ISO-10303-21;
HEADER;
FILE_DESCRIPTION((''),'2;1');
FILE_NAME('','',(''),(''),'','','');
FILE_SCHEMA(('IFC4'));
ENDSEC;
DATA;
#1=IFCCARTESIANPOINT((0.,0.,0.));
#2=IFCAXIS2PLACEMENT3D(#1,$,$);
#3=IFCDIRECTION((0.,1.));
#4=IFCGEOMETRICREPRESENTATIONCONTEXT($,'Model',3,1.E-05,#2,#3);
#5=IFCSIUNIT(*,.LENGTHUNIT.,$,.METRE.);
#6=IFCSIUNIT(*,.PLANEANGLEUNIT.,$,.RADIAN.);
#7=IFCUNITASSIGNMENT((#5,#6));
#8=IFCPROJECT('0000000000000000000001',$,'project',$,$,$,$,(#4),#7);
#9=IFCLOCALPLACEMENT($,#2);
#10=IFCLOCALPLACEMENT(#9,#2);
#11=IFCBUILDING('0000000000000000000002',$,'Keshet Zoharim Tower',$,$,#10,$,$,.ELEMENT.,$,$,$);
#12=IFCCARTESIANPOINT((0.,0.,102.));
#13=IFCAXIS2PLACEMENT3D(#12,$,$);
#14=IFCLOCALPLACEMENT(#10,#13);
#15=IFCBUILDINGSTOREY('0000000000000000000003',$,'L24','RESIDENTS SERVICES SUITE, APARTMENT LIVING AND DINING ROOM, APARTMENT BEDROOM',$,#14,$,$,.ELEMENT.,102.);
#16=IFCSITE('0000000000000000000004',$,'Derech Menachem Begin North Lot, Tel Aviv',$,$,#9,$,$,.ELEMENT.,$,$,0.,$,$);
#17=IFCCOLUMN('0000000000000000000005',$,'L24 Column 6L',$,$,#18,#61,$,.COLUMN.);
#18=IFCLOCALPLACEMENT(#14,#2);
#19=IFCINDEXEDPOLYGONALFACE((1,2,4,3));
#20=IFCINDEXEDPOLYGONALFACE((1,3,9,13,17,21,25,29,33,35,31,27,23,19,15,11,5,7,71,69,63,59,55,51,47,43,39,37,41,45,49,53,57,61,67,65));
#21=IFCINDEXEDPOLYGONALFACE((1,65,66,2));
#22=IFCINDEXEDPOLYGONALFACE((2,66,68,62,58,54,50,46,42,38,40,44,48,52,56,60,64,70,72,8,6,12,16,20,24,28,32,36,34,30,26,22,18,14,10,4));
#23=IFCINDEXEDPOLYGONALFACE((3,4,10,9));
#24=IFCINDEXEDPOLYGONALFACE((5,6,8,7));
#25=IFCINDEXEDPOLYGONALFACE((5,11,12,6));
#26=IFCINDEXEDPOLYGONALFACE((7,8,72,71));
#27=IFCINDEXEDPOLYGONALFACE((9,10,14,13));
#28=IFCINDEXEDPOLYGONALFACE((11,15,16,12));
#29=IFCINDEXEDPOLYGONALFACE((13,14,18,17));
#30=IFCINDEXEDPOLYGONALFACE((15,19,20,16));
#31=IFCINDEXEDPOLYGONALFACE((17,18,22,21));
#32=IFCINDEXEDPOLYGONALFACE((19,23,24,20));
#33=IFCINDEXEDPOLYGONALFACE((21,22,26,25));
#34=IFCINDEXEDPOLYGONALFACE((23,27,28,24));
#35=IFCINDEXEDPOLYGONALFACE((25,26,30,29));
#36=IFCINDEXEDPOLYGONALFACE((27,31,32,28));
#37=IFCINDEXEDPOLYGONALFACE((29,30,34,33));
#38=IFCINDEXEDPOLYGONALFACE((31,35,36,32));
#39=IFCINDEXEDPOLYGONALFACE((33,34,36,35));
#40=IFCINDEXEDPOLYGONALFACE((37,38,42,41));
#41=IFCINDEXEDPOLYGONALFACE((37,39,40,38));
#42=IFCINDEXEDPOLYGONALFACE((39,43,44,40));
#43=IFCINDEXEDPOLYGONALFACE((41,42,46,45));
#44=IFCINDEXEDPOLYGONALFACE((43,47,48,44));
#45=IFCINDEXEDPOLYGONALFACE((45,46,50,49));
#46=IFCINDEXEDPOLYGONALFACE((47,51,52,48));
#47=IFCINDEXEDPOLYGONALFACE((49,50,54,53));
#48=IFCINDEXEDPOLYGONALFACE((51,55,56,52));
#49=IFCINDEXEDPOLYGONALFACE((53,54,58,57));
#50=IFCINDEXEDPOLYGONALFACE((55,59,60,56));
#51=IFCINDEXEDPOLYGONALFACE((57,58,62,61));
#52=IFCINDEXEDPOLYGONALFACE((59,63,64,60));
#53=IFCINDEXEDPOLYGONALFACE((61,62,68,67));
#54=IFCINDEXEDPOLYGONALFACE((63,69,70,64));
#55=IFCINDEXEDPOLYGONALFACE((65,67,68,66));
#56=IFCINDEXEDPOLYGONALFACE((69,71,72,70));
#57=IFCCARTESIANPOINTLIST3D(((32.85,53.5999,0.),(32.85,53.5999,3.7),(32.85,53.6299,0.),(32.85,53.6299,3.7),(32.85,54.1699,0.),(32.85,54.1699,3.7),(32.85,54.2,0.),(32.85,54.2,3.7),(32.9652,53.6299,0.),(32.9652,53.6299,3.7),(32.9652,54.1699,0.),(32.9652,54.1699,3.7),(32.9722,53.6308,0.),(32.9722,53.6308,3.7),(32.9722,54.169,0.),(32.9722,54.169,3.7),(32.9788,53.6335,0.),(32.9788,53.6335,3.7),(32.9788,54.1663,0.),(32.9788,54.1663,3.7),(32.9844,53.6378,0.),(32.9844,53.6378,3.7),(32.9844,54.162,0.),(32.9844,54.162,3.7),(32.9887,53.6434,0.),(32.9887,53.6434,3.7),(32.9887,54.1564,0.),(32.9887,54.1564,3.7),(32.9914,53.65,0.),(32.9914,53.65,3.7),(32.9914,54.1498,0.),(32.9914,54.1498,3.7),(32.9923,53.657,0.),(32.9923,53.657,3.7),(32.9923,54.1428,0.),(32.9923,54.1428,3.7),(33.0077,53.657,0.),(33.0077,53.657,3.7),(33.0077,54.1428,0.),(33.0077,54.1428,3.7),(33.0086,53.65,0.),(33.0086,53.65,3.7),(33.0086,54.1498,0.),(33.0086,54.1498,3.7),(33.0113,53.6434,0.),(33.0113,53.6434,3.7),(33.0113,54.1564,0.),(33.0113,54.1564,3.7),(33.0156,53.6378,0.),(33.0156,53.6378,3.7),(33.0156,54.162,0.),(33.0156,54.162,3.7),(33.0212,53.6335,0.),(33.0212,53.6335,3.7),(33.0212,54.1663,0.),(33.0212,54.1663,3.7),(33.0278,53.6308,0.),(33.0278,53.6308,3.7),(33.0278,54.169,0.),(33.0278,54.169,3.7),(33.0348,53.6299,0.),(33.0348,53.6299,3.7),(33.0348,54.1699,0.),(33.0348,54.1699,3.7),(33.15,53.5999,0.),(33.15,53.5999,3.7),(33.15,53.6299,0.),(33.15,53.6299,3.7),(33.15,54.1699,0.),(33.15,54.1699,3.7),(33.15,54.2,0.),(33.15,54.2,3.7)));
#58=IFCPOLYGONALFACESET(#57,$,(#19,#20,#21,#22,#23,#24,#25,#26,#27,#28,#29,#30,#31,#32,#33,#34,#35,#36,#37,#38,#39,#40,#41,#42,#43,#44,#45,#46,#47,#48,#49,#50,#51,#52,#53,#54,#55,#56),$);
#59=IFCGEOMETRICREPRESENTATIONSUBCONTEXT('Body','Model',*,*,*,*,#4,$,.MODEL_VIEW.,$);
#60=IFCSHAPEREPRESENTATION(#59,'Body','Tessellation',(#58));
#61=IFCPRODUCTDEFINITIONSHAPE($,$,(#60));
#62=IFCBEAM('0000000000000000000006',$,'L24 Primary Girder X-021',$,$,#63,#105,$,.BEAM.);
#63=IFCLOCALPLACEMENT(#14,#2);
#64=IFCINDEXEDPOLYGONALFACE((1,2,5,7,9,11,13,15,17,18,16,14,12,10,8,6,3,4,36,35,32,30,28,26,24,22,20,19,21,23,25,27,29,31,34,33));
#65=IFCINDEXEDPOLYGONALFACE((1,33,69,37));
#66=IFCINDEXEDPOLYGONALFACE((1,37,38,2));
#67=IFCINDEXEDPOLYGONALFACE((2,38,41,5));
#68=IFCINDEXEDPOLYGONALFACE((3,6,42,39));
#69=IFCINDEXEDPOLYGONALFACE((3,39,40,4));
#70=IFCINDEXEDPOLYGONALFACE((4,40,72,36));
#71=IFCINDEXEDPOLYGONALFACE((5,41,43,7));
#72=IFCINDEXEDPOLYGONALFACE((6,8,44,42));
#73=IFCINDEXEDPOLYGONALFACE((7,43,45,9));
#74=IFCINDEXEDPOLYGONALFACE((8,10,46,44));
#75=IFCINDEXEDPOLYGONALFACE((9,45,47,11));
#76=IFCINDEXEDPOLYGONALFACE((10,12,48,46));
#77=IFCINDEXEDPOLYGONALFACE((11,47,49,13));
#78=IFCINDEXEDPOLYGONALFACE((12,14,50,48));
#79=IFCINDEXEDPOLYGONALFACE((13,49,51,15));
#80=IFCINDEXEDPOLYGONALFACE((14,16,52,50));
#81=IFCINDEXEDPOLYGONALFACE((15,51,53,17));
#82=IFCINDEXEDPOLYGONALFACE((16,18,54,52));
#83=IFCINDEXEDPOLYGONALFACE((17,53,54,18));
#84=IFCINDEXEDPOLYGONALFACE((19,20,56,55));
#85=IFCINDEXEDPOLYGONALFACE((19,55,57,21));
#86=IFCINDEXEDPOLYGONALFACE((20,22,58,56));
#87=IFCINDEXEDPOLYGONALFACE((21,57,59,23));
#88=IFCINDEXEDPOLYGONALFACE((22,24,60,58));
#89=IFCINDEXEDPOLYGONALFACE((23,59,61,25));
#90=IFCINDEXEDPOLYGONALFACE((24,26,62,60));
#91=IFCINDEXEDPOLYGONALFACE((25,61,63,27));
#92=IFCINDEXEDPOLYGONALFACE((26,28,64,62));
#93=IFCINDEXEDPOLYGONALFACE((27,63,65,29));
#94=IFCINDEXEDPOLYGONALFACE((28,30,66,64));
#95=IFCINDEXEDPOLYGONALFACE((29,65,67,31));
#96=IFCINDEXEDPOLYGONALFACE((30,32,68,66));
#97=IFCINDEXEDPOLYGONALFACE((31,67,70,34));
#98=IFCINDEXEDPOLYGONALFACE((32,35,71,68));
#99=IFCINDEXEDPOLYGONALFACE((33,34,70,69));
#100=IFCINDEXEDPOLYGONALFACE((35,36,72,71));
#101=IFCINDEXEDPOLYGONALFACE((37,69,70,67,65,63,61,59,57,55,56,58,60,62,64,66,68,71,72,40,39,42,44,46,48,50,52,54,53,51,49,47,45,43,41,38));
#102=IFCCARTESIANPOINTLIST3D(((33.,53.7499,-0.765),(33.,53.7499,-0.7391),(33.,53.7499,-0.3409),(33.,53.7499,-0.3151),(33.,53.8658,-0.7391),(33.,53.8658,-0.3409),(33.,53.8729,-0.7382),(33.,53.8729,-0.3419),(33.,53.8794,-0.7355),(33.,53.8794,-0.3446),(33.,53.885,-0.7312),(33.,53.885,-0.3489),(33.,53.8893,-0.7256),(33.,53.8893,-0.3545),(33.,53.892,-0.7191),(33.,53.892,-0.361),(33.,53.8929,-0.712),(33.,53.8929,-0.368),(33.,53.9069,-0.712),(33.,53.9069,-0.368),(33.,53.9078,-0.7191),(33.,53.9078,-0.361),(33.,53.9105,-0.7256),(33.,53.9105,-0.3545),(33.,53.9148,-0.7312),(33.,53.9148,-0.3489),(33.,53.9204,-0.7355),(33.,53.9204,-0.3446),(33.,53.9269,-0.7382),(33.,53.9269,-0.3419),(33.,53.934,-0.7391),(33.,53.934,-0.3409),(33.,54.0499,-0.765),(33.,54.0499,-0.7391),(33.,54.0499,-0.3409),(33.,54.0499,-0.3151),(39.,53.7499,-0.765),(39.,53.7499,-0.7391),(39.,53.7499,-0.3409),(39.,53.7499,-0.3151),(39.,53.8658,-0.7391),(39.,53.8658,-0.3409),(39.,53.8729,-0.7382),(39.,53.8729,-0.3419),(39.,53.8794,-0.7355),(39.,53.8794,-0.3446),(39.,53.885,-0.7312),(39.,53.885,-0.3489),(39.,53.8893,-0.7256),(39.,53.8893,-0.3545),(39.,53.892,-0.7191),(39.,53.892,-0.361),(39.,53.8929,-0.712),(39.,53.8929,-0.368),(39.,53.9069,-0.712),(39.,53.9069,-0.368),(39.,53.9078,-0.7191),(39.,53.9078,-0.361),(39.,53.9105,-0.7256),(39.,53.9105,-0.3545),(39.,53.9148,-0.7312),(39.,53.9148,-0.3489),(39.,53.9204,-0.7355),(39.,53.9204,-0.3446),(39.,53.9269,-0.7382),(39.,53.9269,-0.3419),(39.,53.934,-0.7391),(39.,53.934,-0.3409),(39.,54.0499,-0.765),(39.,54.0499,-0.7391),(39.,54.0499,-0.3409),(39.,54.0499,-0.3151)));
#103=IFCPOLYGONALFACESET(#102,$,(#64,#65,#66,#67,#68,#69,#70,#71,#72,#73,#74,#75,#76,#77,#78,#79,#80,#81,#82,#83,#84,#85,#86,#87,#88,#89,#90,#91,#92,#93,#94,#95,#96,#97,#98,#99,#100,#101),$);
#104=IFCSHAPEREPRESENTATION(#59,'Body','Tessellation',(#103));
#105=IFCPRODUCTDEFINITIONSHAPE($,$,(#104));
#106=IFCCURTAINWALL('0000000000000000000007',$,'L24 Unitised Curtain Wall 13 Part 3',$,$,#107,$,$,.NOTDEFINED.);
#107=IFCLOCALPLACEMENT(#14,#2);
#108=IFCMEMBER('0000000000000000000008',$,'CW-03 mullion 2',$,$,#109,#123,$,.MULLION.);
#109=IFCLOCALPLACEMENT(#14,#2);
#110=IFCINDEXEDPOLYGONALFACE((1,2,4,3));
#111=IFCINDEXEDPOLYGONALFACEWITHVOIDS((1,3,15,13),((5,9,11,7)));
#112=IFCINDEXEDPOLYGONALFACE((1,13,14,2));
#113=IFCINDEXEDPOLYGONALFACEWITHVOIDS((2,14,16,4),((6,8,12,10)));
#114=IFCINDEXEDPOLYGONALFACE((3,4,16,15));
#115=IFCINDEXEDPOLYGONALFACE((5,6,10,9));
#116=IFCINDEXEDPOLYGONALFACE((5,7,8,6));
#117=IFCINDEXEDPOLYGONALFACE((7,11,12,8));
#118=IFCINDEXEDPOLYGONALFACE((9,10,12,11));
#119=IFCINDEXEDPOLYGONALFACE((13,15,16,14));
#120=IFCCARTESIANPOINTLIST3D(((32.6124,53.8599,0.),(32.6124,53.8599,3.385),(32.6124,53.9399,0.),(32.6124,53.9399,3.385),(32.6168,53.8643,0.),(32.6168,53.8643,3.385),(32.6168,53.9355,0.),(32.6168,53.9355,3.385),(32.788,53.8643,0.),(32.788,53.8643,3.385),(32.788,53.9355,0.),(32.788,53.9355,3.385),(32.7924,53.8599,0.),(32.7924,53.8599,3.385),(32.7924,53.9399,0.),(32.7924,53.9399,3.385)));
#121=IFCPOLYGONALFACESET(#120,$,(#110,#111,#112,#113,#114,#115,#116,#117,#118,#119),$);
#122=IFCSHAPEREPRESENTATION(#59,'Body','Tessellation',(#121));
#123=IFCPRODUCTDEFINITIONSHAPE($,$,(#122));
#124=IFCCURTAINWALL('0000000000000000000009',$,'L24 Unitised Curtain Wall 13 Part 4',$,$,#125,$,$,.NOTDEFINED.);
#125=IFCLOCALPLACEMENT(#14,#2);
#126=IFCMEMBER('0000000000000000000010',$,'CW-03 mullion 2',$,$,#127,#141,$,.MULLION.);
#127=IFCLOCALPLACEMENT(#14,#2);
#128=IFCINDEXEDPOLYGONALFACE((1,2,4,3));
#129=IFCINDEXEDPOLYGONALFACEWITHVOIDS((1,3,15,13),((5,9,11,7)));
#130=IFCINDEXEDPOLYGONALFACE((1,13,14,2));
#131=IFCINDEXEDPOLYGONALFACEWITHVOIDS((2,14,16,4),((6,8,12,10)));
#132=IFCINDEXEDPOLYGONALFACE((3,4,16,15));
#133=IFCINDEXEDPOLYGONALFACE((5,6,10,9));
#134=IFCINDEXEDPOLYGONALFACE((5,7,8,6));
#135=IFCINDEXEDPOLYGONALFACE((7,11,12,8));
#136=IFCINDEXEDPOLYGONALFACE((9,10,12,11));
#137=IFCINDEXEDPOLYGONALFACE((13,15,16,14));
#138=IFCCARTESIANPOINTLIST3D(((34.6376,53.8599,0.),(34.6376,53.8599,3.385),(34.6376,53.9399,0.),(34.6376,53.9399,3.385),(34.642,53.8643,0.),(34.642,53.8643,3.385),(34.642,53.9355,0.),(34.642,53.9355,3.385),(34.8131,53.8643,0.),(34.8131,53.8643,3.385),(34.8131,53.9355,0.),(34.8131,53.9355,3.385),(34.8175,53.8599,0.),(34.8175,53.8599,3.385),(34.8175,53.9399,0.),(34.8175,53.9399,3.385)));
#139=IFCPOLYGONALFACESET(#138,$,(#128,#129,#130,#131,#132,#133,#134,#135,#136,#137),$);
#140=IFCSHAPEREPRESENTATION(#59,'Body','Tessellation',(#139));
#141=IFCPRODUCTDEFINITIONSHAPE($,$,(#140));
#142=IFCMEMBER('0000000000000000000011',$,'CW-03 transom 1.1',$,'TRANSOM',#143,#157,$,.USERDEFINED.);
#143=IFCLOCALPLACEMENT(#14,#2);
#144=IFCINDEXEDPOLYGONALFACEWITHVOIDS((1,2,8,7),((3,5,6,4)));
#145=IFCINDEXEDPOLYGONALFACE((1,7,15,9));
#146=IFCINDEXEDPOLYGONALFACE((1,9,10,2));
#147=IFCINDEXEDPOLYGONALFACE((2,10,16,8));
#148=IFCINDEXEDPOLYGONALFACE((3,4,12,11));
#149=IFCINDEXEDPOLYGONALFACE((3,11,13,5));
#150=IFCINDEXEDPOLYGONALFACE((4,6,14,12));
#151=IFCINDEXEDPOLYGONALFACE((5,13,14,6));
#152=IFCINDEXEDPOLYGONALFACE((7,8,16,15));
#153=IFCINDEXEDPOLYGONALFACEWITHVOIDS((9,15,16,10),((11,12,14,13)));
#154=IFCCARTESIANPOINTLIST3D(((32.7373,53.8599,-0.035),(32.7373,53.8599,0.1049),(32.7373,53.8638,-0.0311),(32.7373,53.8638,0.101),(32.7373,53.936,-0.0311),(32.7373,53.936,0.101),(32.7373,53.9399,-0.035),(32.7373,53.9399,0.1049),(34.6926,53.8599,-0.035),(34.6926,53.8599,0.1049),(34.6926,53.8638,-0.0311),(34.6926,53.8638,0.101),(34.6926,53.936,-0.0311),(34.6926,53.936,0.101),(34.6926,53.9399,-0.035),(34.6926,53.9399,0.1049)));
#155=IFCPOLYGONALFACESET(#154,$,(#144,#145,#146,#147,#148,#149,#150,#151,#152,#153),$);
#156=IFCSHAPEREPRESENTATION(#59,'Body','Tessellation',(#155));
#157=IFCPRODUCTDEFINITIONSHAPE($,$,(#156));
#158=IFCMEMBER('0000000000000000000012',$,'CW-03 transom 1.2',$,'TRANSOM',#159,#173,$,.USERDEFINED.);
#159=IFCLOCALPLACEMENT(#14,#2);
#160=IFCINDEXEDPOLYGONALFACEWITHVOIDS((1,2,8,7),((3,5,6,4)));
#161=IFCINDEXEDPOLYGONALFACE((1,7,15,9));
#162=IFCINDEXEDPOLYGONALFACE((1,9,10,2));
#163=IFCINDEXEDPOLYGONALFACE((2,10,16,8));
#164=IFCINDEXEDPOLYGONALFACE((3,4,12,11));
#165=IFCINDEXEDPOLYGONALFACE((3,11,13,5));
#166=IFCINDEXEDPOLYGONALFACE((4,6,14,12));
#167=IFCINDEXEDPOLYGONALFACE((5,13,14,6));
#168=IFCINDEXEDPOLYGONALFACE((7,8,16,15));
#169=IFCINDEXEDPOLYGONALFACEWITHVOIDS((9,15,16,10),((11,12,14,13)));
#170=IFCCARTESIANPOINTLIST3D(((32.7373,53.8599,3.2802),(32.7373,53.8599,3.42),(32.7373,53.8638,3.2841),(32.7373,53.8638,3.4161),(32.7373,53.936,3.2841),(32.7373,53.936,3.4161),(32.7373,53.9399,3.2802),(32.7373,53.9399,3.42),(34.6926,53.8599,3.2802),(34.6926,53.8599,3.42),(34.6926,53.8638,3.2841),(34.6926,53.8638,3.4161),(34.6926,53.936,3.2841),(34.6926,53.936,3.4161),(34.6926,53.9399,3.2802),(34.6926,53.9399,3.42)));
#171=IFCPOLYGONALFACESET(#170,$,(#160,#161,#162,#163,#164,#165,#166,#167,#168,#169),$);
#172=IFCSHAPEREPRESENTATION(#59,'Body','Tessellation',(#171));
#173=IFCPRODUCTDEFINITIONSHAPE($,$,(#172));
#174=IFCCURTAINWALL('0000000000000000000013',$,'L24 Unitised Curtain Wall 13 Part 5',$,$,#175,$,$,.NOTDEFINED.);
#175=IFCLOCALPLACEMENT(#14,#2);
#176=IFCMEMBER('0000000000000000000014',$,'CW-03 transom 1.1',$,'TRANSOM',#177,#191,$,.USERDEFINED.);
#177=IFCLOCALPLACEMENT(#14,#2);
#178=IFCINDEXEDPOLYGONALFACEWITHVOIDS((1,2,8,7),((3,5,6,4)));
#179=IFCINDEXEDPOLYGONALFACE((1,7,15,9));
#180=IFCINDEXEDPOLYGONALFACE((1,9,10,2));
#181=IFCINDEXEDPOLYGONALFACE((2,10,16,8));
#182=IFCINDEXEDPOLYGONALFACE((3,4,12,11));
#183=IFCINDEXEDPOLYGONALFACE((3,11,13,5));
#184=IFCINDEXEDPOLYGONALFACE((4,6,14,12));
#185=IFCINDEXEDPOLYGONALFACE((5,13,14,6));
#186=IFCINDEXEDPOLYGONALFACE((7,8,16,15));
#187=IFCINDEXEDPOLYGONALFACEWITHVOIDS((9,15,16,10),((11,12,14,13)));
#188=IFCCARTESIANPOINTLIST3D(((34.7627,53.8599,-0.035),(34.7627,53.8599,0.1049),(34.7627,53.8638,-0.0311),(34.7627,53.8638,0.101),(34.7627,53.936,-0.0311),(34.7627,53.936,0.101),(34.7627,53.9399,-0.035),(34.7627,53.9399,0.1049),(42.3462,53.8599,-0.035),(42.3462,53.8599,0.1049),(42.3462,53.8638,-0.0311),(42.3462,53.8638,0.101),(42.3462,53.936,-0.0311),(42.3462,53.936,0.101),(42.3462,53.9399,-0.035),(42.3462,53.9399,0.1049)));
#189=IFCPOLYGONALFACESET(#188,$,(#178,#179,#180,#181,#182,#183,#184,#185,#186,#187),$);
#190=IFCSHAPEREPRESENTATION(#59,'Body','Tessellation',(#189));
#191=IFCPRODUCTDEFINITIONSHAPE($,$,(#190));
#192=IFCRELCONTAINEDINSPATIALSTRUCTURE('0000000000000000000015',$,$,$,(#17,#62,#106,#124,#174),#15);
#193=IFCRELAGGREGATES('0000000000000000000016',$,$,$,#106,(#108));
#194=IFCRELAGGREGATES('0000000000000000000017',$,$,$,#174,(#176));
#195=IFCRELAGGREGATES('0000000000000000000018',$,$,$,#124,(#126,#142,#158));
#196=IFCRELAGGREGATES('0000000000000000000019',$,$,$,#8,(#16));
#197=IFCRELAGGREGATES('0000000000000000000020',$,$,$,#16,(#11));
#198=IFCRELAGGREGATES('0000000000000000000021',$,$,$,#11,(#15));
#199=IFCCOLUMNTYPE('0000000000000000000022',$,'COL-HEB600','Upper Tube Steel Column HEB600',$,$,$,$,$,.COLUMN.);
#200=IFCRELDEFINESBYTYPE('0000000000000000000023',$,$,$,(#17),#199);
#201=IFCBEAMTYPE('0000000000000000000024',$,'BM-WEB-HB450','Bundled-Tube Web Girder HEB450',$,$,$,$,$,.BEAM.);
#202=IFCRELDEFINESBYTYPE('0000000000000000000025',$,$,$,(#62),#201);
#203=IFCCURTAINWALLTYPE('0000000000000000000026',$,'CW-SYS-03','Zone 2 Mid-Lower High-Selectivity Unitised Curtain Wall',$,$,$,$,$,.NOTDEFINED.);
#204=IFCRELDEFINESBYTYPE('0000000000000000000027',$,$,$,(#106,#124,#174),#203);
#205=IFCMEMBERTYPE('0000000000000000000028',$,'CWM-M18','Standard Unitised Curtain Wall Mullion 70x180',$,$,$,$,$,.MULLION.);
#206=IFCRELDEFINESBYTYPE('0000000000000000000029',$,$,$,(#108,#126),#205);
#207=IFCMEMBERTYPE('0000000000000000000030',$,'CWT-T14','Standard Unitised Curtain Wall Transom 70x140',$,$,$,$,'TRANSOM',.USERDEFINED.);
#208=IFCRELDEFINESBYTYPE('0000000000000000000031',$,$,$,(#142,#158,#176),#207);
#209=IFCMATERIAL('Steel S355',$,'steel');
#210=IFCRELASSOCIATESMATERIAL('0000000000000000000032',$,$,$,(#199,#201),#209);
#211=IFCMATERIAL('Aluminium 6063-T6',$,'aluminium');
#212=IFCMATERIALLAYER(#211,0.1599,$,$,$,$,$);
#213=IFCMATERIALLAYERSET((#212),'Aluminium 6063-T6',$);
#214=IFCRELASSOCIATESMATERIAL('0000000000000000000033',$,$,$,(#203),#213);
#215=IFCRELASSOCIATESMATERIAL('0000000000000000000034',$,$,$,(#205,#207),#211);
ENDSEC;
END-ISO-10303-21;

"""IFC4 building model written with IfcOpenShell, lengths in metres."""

from ifc_helpers import new_model, si_unit, direction, frame, origin, origin_2d, place, context, subcontext, project, spatial, hollow_rectangle, i_section, extrude, material, layer, layer_set, material_profile, profile_set, type_object, element, aggregate, save


model = new_model("IFC4")

# Units and contexts
model_context = context("Model", 3, precision=1e-05, world=origin(), true_north=direction((0.0, 1.0)))
body_context = subcontext(model_context, "Body", "Model", "MODEL_VIEW")
ifc_project = project(units=[si_unit("LENGTHUNIT", "METRE"), si_unit("PLANEANGLEUNIT", "RADIAN")], contexts=[model_context])

# Site, building, storey
site_placement = place(None, origin())
site = spatial("IfcSite", under=ifc_project, at=site_placement, Name="Derech Menachem Begin North Lot, Tel Aviv", CompositionType="ELEMENT", RefElevation=0.0)
building_placement = place(site_placement, origin())
building = spatial("IfcBuilding", under=site, at=building_placement, Name="Keshet Zoharim Tower", CompositionType="ELEMENT")
storey_placement = place(building_placement, frame((0.0, 0.0, 102.0)))
storey = spatial("IfcBuildingStorey", under=building, at=storey_placement, Name="L24", Description="RESIDENTS SERVICES SUITE, APARTMENT LIVING AND DINING ROOM, APARTMENT BEDROOM", CompositionType="ELEMENT", Elevation=102.0)

# Column
ifc_material_1 = material(Name="Steel S355", Category="steel")
ifc_material_profile_1 = material_profile(ifc_material_1, i_section(OverallWidth=0.3, OverallDepth=0.6001, WebThickness=0.0154, FlangeThickness=0.03, FilletRadius=0.0271, at=origin_2d()), Name="HEB600")
ifc_profile_set_1 = profile_set([ifc_material_profile_1], Name="Steel S355")
column_type = type_object("IfcColumnType", Name="COL-HEB600", Description="Upper Tube Steel Column HEB600", PredefinedType="COLUMN", material=ifc_profile_set_1)
column_placement = place(storey_placement, frame((33.0, 53.8999, 0.0), z_axis=(0.0, 0.0, 1.0), x_axis=(1.0, 0.0, 0.0)))
element("IfcColumn", 1, at=column_placement, inside=storey, type_object=column_type, Name="L24 Column 6L", PredefinedType="COLUMN", context=body_context, shape_type="SweptSolid", body=[
    extrude(i_section(OverallWidth=0.3, OverallDepth=0.6001, WebThickness=0.0154, FlangeThickness=0.03, FilletRadius=0.0271, at=origin_2d()), origin(), (0.0, 0.0, 1.0), 3.7),
])

# Beam
ifc_material_profile_2 = material_profile(ifc_material_1, i_section(OverallWidth=0.3, OverallDepth=0.45, WebThickness=0.0139, FlangeThickness=0.0259, FilletRadius=0.0271, at=origin_2d()), Name="HEB450")
ifc_profile_set_2 = profile_set([ifc_material_profile_2], Name="Steel S355")
beam_type = type_object("IfcBeamType", Name="BM-WEB-HB450", Description="Bundled-Tube Web Girder HEB450", PredefinedType="BEAM", material=ifc_profile_set_2)
beam_placement = place(storey_placement, frame((33.0, 53.8999, -0.54), z_axis=(1.0, 0.0, 0.0), x_axis=(0.0, 1.0, 0.0)))
element("IfcBeam", 2, at=beam_placement, inside=storey, type_object=beam_type, Name="L24 Primary Girder X-021", PredefinedType="BEAM", context=body_context, shape_type="SweptSolid", body=[
    extrude(i_section(OverallWidth=0.3, OverallDepth=0.45, WebThickness=0.0139, FlangeThickness=0.0259, FilletRadius=0.0271, at=origin_2d()), origin(), (0.0, 0.0, 1.0), 6.0),
])

# Curtain wall, member
ifc_material_2 = material(Name="Aluminium 6063-T6", Category="aluminium")
ifc_layer_1 = layer(ifc_material_2, 0.1599)
ifc_layer_set_1 = layer_set([ifc_layer_1], Name="Aluminium 6063-T6")
curtain_wall_type = type_object("IfcCurtainWallType", Name="CW-SYS-03", Description="Zone 2 Mid-Lower High-Selectivity Unitised Curtain Wall", PredefinedType="NOTDEFINED", material=ifc_layer_set_1)
curtain_wall_1_placement = place(storey_placement, origin())
curtain_wall_1 = element("IfcCurtainWall", 3, at=curtain_wall_1_placement, inside=storey, type_object=curtain_wall_type, Name="L24 Unitised Curtain Wall 13 Part 3", PredefinedType="NOTDEFINED")
ifc_material_profile_3 = material_profile(ifc_material_2, hollow_rectangle(XDim=0.0801, YDim=0.1799, WallThickness=0.0044, at=origin_2d()), Name="MUL-80x180")
ifc_profile_set_3 = profile_set([ifc_material_profile_3], Name="Aluminium 6063-T6")
member_type_1 = type_object("IfcMemberType", Name="CWM-M18", Description="Standard Unitised Curtain Wall Mullion 70x180", PredefinedType="MULLION", material=ifc_profile_set_3)
member_1_placement = place(storey_placement, frame((32.7024, 53.8999, 0.0), z_axis=(0.0, 0.0, 1.0), x_axis=(0.0, 1.0, 0.0)))
member_1 = element("IfcMember", 4, at=member_1_placement, type_object=member_type_1, Name="CW-03 mullion 2", PredefinedType="MULLION", context=body_context, shape_type="SweptSolid", body=[
    extrude(hollow_rectangle(XDim=0.0801, YDim=0.1799, WallThickness=0.0044, at=origin_2d()), origin(), (0.0, 0.0, 1.0), 3.385),
])
aggregate(curtain_wall_1, [member_1])

# Curtain walls, members
curtain_wall_2_placement = place(storey_placement, origin())
curtain_wall_2 = element("IfcCurtainWall", 5, at=curtain_wall_2_placement, inside=storey, type_object=curtain_wall_type, Name="L24 Unitised Curtain Wall 13 Part 4", PredefinedType="NOTDEFINED")
member_2_placement = place(storey_placement, frame((34.7275, 53.8999, 0.0), z_axis=(0.0, 0.0, 1.0), x_axis=(0.0, 1.0, 0.0)))
member_2 = element("IfcMember", 6, at=member_2_placement, type_object=member_type_1, Name="CW-03 mullion 2", PredefinedType="MULLION", context=body_context, shape_type="SweptSolid", body=[
    extrude(hollow_rectangle(XDim=0.0801, YDim=0.1799, WallThickness=0.0044, at=origin_2d()), origin(), (0.0, 0.0, 1.0), 3.385),
])
ifc_material_profile_4 = material_profile(ifc_material_2, hollow_rectangle(XDim=0.0801, YDim=0.1399, WallThickness=0.0039, at=origin_2d()), Name="TRN-80x140")
ifc_profile_set_4 = profile_set([ifc_material_profile_4], Name="Aluminium 6063-T6")
member_type_2 = type_object("IfcMemberType", Name="CWT-T14", Description="Standard Unitised Curtain Wall Transom 70x140", ElementType="TRANSOM", PredefinedType="USERDEFINED", material=ifc_profile_set_4)
member_3_placement = place(storey_placement, frame((32.7373, 53.8999, 0.0349), z_axis=(1.0, 0.0, 0.0), x_axis=(0.0, 1.0, 0.0)))
member_3 = element("IfcMember", 7, at=member_3_placement, type_object=member_type_2, Name="CW-03 transom 1.1", ObjectType="TRANSOM", PredefinedType="USERDEFINED", context=body_context, shape_type="SweptSolid", body=[
    extrude(hollow_rectangle(XDim=0.0801, YDim=0.1399, WallThickness=0.0039, at=origin_2d()), origin(), (0.0, 0.0, 1.0), 1.9553),
])
member_4_placement = place(storey_placement, frame((32.7373, 53.8999, 3.3501), z_axis=(1.0, 0.0, 0.0), x_axis=(0.0, 1.0, 0.0)))
member_4 = element("IfcMember", 8, at=member_4_placement, type_object=member_type_2, Name="CW-03 transom 1.2", ObjectType="TRANSOM", PredefinedType="USERDEFINED", context=body_context, shape_type="SweptSolid", body=[
    extrude(hollow_rectangle(XDim=0.0801, YDim=0.1399, WallThickness=0.0039, at=origin_2d()), origin(), (0.0, 0.0, 1.0), 1.9553),
])
curtain_wall_3_placement = place(storey_placement, origin())
curtain_wall_3 = element("IfcCurtainWall", 9, at=curtain_wall_3_placement, inside=storey, type_object=curtain_wall_type, Name="L24 Unitised Curtain Wall 13 Part 5", PredefinedType="NOTDEFINED")
member_5_placement = place(storey_placement, frame((34.7627, 53.8999, 0.0349), z_axis=(1.0, 0.0, 0.0), x_axis=(0.0, 1.0, 0.0)))
member_5 = element("IfcMember", 10, at=member_5_placement, type_object=member_type_2, Name="CW-03 transom 1.1", ObjectType="TRANSOM", PredefinedType="USERDEFINED", context=body_context, shape_type="SweptSolid", body=[
    extrude(hollow_rectangle(XDim=0.0801, YDim=0.1399, WallThickness=0.0039, at=origin_2d()), origin(), (0.0, 0.0, 1.0), 7.5835),
])
aggregate(curtain_wall_3, [member_5])

aggregate(curtain_wall_2, [member_2, member_3, member_4])

save(model, "model.ifc")
